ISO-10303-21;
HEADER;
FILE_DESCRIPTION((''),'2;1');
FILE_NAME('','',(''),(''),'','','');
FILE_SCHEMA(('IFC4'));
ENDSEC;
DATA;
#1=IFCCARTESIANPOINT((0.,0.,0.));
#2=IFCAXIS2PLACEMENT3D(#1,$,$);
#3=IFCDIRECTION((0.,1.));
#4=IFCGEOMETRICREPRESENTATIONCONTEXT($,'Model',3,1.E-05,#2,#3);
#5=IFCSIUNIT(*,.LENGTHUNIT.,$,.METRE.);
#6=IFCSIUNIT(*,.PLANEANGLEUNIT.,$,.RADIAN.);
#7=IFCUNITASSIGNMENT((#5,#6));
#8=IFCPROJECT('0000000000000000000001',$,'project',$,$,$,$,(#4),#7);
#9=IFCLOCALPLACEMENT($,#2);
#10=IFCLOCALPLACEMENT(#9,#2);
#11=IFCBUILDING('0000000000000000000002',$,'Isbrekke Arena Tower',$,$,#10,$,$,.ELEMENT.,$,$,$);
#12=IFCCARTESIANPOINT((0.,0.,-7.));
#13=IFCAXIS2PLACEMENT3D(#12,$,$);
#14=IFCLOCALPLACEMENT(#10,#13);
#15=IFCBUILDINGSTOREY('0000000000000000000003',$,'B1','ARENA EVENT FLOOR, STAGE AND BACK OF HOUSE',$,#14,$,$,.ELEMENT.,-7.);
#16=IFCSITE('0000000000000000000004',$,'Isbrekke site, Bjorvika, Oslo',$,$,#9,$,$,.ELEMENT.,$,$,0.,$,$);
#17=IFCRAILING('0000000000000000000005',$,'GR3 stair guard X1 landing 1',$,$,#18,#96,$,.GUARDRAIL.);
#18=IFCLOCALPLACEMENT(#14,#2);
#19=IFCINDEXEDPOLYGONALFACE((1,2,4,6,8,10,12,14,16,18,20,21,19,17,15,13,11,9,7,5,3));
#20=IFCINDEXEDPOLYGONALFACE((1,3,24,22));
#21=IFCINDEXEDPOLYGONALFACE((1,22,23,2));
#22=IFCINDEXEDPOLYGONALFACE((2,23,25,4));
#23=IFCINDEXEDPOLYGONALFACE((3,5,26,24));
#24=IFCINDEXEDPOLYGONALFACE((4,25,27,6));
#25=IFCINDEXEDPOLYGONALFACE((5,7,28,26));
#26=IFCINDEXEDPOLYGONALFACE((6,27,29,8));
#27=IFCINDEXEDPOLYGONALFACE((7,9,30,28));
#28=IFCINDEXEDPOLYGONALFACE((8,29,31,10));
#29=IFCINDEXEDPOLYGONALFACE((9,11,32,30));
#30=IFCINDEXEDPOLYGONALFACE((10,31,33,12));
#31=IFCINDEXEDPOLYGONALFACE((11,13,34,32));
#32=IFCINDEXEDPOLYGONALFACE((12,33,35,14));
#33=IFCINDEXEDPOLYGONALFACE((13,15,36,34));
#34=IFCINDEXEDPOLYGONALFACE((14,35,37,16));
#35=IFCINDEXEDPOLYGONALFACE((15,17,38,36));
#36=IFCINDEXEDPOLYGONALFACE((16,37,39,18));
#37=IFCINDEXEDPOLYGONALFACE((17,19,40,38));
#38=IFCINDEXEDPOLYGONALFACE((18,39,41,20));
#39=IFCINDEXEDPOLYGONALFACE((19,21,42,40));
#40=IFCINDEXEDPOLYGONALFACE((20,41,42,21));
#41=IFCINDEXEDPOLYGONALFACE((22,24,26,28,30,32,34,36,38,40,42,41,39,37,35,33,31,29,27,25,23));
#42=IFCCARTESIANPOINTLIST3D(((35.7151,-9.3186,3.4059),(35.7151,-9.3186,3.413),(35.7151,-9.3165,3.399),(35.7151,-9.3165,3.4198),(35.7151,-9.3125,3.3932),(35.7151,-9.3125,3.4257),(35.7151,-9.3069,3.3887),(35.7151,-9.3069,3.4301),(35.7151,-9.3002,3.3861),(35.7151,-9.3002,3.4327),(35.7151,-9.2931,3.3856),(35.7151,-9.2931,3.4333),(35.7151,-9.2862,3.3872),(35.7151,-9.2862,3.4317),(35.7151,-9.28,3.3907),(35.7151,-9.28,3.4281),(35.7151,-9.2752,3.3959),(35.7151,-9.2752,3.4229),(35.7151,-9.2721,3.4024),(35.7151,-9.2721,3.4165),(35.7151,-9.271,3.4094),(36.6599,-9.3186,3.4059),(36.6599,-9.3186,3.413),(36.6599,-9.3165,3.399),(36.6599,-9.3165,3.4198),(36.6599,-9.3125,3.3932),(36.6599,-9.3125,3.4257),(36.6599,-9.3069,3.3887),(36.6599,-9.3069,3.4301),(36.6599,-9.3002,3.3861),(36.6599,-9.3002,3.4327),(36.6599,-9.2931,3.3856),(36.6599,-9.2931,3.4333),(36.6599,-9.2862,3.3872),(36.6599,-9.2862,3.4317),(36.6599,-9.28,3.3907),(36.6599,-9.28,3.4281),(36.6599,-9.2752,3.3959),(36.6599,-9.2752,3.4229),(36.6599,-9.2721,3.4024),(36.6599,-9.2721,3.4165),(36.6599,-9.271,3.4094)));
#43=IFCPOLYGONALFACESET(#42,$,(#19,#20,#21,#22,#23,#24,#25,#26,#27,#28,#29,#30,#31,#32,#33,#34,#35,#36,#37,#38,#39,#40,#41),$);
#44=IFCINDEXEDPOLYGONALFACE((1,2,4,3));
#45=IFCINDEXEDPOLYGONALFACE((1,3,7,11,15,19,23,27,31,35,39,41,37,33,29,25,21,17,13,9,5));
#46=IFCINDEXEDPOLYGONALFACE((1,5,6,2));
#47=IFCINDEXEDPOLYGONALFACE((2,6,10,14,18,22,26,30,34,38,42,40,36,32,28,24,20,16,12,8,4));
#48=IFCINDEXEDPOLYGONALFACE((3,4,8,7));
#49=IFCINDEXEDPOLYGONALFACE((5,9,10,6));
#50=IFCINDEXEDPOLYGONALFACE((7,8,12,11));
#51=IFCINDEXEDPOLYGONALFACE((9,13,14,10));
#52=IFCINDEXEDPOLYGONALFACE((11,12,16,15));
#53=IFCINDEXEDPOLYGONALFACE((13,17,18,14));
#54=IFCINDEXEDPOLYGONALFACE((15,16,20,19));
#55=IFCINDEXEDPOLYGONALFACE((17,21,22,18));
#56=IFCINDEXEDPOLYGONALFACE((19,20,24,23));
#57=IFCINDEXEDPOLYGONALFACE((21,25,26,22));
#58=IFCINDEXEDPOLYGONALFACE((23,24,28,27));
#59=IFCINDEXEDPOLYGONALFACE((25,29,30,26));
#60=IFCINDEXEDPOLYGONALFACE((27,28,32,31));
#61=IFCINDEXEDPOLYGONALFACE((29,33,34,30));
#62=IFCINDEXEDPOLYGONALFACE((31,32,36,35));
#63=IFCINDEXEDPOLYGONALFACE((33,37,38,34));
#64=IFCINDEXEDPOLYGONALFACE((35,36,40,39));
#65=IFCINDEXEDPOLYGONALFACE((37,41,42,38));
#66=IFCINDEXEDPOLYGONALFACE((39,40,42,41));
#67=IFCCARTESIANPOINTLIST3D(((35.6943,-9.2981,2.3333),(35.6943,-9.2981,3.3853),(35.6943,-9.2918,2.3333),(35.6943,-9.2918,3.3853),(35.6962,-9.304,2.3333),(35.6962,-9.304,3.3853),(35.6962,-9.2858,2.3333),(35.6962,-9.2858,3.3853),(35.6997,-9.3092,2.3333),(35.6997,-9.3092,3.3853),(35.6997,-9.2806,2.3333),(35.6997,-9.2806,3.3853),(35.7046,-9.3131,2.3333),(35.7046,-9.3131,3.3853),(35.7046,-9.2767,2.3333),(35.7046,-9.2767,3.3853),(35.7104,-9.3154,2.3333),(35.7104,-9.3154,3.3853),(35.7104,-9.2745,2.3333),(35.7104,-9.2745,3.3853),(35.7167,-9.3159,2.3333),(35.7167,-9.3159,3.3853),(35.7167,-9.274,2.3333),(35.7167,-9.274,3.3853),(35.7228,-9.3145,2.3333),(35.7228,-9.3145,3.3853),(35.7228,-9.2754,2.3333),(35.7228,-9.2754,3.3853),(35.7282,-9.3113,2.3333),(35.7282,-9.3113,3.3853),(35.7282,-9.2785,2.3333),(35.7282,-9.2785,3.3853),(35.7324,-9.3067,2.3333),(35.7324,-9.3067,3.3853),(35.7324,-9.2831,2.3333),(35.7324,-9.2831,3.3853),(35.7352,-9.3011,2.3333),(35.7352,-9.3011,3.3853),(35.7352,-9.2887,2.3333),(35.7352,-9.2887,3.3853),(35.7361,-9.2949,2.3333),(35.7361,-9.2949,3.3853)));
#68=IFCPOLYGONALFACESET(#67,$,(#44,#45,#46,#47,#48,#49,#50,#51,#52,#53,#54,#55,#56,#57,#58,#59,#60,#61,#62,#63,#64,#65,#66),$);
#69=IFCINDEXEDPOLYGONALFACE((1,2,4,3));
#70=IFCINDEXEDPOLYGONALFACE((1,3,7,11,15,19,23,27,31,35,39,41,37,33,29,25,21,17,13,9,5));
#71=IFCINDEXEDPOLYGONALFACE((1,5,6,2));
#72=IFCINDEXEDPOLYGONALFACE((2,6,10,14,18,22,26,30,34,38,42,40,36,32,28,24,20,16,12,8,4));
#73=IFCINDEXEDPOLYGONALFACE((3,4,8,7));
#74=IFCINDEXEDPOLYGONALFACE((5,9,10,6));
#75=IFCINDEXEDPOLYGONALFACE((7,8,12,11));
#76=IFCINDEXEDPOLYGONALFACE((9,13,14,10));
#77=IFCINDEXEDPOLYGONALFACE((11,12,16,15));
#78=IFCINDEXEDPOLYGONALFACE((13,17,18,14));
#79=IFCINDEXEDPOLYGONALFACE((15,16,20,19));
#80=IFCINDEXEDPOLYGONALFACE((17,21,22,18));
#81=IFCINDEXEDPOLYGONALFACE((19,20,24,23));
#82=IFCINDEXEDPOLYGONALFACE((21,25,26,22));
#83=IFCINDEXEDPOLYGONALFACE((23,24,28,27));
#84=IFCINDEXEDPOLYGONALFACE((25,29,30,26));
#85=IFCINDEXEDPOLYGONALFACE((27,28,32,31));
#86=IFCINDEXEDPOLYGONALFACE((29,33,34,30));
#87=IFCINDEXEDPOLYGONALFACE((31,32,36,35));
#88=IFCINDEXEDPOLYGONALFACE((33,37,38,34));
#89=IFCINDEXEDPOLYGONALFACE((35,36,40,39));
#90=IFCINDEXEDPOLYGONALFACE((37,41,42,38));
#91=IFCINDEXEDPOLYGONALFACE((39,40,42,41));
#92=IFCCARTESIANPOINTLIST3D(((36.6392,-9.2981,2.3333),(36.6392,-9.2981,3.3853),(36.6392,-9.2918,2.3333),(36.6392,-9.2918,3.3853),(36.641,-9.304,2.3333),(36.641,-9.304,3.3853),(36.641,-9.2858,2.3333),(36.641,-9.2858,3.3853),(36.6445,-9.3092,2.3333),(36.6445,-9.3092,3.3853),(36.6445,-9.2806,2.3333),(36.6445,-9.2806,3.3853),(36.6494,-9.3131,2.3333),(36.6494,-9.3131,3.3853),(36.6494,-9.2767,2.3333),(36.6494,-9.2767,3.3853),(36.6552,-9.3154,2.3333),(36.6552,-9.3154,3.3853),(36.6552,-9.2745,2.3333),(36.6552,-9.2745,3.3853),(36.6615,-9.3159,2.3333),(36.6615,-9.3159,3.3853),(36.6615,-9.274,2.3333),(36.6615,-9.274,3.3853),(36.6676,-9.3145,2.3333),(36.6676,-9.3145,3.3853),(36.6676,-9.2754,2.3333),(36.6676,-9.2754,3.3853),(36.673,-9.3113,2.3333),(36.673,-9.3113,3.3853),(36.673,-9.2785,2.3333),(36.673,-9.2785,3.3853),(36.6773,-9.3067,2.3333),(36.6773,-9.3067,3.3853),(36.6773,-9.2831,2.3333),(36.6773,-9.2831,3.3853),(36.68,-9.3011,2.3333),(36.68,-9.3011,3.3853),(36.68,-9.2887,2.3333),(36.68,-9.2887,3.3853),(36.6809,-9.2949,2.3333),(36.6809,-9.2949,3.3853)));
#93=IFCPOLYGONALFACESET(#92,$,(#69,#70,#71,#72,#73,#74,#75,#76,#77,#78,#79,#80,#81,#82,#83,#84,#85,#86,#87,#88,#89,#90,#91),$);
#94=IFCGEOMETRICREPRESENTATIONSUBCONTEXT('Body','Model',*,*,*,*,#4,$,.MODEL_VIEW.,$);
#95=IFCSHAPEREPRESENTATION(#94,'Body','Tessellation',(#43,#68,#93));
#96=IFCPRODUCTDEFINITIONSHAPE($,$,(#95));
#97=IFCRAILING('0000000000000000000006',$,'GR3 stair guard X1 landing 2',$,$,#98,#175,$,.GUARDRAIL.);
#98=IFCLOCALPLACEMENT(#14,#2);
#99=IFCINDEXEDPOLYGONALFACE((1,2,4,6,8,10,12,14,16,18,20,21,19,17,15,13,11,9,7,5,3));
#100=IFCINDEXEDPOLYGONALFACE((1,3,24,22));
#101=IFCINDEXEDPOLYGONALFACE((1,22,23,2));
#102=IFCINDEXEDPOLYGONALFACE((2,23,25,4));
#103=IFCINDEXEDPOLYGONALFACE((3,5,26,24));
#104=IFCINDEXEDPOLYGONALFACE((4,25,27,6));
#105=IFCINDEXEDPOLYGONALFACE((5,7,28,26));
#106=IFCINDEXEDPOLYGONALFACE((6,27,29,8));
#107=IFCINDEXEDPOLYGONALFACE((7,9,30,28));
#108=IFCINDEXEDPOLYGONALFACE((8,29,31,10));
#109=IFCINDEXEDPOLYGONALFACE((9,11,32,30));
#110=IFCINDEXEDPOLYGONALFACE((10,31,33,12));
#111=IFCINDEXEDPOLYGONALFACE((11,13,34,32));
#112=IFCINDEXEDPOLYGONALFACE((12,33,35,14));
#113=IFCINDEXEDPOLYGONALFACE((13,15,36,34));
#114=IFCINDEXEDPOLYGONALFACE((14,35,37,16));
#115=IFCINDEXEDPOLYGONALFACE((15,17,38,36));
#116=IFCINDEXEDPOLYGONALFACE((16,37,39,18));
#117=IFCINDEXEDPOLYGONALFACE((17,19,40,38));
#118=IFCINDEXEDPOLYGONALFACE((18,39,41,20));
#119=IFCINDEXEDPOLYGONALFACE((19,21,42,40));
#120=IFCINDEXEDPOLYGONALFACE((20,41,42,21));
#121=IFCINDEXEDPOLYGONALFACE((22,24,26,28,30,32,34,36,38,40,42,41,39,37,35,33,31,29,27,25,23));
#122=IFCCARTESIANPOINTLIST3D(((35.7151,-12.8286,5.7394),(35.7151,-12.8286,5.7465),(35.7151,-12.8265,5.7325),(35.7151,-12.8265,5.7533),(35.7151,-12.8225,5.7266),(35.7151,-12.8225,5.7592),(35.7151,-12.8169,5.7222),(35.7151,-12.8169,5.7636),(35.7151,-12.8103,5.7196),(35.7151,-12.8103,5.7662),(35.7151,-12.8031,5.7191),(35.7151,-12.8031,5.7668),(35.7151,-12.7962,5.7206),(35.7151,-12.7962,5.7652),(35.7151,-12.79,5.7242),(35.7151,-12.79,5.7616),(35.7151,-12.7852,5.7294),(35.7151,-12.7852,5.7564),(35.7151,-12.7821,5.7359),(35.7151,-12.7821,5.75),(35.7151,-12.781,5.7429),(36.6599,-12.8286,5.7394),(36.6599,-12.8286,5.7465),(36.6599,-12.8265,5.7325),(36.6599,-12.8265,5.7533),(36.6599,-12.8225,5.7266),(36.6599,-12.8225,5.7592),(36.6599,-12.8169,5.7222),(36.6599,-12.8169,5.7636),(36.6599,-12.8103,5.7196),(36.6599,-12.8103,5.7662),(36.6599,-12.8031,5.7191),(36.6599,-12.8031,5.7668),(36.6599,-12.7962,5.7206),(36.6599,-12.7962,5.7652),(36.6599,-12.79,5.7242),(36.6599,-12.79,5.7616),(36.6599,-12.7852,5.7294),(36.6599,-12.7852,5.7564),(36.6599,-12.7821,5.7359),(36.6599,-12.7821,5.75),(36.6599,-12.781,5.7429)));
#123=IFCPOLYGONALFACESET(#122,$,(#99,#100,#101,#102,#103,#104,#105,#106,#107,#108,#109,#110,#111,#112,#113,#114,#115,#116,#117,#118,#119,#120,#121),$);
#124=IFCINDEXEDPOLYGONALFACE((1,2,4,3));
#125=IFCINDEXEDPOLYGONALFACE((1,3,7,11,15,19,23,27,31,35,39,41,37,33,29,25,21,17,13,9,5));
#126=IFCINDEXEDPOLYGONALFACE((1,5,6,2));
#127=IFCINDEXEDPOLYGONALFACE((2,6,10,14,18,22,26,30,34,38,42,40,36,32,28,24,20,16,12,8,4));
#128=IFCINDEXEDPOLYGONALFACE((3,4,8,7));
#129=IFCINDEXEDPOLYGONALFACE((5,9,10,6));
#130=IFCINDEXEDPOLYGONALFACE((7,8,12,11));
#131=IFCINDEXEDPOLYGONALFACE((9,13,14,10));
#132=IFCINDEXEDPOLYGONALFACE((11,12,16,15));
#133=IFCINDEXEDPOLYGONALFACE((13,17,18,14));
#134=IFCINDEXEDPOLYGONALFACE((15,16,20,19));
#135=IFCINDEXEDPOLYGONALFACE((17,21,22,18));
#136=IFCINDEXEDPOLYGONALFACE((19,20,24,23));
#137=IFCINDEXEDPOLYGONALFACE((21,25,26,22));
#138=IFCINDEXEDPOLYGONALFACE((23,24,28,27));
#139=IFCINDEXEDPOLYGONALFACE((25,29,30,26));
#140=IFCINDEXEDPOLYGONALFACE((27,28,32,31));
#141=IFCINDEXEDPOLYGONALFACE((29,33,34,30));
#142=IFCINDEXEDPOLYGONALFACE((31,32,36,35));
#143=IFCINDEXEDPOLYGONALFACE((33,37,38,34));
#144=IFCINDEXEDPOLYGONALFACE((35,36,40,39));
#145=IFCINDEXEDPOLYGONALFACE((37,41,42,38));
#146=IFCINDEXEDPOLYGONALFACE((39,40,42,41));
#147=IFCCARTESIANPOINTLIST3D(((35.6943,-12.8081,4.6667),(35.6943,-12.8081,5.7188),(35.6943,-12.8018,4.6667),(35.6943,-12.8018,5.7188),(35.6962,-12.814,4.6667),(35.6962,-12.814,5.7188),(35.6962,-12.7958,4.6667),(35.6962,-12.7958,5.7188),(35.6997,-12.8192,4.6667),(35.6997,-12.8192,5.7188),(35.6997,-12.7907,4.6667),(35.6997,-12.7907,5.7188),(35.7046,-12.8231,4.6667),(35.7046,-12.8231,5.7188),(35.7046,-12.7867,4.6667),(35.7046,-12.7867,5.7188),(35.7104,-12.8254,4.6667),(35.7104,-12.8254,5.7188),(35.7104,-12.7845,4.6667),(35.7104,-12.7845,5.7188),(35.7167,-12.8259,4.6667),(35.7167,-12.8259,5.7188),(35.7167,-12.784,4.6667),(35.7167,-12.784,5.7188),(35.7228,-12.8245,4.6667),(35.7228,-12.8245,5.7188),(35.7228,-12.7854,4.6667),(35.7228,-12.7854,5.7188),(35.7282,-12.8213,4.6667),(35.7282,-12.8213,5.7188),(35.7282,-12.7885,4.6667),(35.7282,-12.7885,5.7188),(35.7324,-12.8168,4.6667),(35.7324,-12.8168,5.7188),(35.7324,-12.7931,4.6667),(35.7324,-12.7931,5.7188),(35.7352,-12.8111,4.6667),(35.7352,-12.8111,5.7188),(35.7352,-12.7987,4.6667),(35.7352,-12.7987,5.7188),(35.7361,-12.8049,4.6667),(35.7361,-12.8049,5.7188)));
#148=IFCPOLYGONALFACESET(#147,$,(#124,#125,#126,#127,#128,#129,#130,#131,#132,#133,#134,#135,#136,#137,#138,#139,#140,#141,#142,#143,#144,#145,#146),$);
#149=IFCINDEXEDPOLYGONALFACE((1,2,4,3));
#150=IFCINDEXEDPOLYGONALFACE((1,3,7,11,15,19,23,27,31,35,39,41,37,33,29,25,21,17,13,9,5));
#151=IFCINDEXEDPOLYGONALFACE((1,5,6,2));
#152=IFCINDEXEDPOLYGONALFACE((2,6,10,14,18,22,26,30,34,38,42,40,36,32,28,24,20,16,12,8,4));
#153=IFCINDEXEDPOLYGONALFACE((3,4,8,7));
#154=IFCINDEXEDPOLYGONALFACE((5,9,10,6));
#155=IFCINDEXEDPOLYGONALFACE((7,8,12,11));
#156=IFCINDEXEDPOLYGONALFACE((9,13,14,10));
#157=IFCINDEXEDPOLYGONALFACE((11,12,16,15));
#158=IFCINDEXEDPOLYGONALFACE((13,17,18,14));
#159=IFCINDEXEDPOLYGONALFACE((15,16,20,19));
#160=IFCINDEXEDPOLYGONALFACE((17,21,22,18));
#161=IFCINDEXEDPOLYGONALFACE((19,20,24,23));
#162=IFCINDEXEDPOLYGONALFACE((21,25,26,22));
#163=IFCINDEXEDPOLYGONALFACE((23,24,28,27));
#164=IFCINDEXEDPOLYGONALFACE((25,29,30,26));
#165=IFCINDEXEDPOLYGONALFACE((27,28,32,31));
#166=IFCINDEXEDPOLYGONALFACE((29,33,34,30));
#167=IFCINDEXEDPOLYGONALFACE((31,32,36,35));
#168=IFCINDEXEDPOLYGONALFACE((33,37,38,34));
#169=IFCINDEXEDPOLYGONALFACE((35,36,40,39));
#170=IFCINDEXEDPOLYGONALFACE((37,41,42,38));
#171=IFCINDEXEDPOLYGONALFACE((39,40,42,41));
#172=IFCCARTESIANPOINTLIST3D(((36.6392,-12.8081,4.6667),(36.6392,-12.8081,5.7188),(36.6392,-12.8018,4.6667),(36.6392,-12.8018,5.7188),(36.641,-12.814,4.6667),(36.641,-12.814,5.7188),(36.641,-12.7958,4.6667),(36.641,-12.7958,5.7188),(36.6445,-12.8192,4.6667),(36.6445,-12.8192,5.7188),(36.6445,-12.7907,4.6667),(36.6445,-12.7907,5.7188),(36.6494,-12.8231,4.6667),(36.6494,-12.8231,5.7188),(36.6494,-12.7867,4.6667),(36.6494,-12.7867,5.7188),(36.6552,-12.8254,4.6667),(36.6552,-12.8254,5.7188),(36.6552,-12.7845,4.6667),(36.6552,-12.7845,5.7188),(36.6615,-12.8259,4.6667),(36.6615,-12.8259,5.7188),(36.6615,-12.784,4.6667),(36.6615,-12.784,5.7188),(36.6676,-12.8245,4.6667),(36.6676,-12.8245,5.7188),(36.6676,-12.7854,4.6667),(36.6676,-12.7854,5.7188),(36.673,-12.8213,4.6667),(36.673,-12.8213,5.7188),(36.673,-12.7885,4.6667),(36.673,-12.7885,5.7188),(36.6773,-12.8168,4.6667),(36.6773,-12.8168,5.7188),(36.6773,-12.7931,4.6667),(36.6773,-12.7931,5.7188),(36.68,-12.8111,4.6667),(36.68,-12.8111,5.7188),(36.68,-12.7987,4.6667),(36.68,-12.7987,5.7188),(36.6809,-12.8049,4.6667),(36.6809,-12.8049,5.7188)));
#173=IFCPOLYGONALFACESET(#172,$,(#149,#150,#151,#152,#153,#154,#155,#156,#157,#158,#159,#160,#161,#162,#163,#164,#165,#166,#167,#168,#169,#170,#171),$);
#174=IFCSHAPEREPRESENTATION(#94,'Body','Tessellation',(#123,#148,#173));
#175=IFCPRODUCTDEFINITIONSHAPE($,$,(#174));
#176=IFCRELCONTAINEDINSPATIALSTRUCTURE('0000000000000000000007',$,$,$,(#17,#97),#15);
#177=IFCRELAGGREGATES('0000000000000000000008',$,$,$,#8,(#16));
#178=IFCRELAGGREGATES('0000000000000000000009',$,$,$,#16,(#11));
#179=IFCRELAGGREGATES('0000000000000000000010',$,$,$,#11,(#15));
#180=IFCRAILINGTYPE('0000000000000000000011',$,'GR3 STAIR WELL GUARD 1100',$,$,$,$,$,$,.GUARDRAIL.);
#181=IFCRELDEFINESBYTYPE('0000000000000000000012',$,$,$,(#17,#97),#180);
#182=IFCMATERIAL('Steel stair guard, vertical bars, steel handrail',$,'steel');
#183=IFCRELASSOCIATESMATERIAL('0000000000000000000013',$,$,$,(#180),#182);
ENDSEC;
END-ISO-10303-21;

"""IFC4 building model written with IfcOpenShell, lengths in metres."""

from ifc_helpers import new_model, si_unit, direction, frame, origin, origin_2d, place, context, subcontext, project, spatial, circle, extrude, material, type_object, element, save


model = new_model("IFC4")

# Units and contexts
model_context = context("Model", 3, precision=1e-05, world=origin(), true_north=direction((0.0, 1.0)))
body_context = subcontext(model_context, "Body", "Model", "MODEL_VIEW")
ifc_project = project(units=[si_unit("LENGTHUNIT", "METRE"), si_unit("PLANEANGLEUNIT", "RADIAN")], contexts=[model_context])

# Site, building, storey
site_placement = place(None, origin())
site = spatial("IfcSite", under=ifc_project, at=site_placement, Name="Isbrekke site, Bjorvika, Oslo", CompositionType="ELEMENT", RefElevation=0.0)
building_placement = place(site_placement, origin())
building = spatial("IfcBuilding", under=site, at=building_placement, Name="Isbrekke Arena Tower", CompositionType="ELEMENT")
storey_placement = place(building_placement, frame((0.0, 0.0, -7.0)))
storey = spatial("IfcBuildingStorey", under=building, at=storey_placement, Name="B1", Description="ARENA EVENT FLOOR, STAGE AND BACK OF HOUSE", CompositionType="ELEMENT", Elevation=-7.0)

# Railings
ifc_material_1 = material(Name="Steel stair guard, vertical bars, steel handrail", Category="steel")
railing_type = type_object("IfcRailingType", Name="GR3 STAIR WELL GUARD 1100", PredefinedType="GUARDRAIL", material=ifc_material_1)
for number, where, name in (
    (1, (35.7151, -9.2949, 2.3333), "GR3 stair guard X1 landing 1"),
    (2, (35.7151, -12.8049, 4.6667), "GR3 stair guard X1 landing 2"),
):
    element("IfcRailing", number, at=place(storey_placement, frame(where)), inside=storey, type_object=railing_type, Name=name, PredefinedType="GUARDRAIL", context=body_context, shape_type="SweptSolid", body=[
        extrude(circle(Radius=0.0239, at=origin_2d()), frame((0.0, 0.0, 1.0762), z_axis=(1.0, 0.0, 0.0), x_axis=(0.0, 1.0, 0.0)), (0.0, 0.0, 1.0), 0.9448),
        extrude(circle(Radius=0.021, at=origin_2d()), origin(), (0.0, 0.0, 1.0), 1.052),
        extrude(circle(Radius=0.021, at=origin_2d()), frame((0.9448, 0.0, 0.0)), (0.0, 0.0, 1.0), 1.052),
    ])

save(model, "model.ifc")
